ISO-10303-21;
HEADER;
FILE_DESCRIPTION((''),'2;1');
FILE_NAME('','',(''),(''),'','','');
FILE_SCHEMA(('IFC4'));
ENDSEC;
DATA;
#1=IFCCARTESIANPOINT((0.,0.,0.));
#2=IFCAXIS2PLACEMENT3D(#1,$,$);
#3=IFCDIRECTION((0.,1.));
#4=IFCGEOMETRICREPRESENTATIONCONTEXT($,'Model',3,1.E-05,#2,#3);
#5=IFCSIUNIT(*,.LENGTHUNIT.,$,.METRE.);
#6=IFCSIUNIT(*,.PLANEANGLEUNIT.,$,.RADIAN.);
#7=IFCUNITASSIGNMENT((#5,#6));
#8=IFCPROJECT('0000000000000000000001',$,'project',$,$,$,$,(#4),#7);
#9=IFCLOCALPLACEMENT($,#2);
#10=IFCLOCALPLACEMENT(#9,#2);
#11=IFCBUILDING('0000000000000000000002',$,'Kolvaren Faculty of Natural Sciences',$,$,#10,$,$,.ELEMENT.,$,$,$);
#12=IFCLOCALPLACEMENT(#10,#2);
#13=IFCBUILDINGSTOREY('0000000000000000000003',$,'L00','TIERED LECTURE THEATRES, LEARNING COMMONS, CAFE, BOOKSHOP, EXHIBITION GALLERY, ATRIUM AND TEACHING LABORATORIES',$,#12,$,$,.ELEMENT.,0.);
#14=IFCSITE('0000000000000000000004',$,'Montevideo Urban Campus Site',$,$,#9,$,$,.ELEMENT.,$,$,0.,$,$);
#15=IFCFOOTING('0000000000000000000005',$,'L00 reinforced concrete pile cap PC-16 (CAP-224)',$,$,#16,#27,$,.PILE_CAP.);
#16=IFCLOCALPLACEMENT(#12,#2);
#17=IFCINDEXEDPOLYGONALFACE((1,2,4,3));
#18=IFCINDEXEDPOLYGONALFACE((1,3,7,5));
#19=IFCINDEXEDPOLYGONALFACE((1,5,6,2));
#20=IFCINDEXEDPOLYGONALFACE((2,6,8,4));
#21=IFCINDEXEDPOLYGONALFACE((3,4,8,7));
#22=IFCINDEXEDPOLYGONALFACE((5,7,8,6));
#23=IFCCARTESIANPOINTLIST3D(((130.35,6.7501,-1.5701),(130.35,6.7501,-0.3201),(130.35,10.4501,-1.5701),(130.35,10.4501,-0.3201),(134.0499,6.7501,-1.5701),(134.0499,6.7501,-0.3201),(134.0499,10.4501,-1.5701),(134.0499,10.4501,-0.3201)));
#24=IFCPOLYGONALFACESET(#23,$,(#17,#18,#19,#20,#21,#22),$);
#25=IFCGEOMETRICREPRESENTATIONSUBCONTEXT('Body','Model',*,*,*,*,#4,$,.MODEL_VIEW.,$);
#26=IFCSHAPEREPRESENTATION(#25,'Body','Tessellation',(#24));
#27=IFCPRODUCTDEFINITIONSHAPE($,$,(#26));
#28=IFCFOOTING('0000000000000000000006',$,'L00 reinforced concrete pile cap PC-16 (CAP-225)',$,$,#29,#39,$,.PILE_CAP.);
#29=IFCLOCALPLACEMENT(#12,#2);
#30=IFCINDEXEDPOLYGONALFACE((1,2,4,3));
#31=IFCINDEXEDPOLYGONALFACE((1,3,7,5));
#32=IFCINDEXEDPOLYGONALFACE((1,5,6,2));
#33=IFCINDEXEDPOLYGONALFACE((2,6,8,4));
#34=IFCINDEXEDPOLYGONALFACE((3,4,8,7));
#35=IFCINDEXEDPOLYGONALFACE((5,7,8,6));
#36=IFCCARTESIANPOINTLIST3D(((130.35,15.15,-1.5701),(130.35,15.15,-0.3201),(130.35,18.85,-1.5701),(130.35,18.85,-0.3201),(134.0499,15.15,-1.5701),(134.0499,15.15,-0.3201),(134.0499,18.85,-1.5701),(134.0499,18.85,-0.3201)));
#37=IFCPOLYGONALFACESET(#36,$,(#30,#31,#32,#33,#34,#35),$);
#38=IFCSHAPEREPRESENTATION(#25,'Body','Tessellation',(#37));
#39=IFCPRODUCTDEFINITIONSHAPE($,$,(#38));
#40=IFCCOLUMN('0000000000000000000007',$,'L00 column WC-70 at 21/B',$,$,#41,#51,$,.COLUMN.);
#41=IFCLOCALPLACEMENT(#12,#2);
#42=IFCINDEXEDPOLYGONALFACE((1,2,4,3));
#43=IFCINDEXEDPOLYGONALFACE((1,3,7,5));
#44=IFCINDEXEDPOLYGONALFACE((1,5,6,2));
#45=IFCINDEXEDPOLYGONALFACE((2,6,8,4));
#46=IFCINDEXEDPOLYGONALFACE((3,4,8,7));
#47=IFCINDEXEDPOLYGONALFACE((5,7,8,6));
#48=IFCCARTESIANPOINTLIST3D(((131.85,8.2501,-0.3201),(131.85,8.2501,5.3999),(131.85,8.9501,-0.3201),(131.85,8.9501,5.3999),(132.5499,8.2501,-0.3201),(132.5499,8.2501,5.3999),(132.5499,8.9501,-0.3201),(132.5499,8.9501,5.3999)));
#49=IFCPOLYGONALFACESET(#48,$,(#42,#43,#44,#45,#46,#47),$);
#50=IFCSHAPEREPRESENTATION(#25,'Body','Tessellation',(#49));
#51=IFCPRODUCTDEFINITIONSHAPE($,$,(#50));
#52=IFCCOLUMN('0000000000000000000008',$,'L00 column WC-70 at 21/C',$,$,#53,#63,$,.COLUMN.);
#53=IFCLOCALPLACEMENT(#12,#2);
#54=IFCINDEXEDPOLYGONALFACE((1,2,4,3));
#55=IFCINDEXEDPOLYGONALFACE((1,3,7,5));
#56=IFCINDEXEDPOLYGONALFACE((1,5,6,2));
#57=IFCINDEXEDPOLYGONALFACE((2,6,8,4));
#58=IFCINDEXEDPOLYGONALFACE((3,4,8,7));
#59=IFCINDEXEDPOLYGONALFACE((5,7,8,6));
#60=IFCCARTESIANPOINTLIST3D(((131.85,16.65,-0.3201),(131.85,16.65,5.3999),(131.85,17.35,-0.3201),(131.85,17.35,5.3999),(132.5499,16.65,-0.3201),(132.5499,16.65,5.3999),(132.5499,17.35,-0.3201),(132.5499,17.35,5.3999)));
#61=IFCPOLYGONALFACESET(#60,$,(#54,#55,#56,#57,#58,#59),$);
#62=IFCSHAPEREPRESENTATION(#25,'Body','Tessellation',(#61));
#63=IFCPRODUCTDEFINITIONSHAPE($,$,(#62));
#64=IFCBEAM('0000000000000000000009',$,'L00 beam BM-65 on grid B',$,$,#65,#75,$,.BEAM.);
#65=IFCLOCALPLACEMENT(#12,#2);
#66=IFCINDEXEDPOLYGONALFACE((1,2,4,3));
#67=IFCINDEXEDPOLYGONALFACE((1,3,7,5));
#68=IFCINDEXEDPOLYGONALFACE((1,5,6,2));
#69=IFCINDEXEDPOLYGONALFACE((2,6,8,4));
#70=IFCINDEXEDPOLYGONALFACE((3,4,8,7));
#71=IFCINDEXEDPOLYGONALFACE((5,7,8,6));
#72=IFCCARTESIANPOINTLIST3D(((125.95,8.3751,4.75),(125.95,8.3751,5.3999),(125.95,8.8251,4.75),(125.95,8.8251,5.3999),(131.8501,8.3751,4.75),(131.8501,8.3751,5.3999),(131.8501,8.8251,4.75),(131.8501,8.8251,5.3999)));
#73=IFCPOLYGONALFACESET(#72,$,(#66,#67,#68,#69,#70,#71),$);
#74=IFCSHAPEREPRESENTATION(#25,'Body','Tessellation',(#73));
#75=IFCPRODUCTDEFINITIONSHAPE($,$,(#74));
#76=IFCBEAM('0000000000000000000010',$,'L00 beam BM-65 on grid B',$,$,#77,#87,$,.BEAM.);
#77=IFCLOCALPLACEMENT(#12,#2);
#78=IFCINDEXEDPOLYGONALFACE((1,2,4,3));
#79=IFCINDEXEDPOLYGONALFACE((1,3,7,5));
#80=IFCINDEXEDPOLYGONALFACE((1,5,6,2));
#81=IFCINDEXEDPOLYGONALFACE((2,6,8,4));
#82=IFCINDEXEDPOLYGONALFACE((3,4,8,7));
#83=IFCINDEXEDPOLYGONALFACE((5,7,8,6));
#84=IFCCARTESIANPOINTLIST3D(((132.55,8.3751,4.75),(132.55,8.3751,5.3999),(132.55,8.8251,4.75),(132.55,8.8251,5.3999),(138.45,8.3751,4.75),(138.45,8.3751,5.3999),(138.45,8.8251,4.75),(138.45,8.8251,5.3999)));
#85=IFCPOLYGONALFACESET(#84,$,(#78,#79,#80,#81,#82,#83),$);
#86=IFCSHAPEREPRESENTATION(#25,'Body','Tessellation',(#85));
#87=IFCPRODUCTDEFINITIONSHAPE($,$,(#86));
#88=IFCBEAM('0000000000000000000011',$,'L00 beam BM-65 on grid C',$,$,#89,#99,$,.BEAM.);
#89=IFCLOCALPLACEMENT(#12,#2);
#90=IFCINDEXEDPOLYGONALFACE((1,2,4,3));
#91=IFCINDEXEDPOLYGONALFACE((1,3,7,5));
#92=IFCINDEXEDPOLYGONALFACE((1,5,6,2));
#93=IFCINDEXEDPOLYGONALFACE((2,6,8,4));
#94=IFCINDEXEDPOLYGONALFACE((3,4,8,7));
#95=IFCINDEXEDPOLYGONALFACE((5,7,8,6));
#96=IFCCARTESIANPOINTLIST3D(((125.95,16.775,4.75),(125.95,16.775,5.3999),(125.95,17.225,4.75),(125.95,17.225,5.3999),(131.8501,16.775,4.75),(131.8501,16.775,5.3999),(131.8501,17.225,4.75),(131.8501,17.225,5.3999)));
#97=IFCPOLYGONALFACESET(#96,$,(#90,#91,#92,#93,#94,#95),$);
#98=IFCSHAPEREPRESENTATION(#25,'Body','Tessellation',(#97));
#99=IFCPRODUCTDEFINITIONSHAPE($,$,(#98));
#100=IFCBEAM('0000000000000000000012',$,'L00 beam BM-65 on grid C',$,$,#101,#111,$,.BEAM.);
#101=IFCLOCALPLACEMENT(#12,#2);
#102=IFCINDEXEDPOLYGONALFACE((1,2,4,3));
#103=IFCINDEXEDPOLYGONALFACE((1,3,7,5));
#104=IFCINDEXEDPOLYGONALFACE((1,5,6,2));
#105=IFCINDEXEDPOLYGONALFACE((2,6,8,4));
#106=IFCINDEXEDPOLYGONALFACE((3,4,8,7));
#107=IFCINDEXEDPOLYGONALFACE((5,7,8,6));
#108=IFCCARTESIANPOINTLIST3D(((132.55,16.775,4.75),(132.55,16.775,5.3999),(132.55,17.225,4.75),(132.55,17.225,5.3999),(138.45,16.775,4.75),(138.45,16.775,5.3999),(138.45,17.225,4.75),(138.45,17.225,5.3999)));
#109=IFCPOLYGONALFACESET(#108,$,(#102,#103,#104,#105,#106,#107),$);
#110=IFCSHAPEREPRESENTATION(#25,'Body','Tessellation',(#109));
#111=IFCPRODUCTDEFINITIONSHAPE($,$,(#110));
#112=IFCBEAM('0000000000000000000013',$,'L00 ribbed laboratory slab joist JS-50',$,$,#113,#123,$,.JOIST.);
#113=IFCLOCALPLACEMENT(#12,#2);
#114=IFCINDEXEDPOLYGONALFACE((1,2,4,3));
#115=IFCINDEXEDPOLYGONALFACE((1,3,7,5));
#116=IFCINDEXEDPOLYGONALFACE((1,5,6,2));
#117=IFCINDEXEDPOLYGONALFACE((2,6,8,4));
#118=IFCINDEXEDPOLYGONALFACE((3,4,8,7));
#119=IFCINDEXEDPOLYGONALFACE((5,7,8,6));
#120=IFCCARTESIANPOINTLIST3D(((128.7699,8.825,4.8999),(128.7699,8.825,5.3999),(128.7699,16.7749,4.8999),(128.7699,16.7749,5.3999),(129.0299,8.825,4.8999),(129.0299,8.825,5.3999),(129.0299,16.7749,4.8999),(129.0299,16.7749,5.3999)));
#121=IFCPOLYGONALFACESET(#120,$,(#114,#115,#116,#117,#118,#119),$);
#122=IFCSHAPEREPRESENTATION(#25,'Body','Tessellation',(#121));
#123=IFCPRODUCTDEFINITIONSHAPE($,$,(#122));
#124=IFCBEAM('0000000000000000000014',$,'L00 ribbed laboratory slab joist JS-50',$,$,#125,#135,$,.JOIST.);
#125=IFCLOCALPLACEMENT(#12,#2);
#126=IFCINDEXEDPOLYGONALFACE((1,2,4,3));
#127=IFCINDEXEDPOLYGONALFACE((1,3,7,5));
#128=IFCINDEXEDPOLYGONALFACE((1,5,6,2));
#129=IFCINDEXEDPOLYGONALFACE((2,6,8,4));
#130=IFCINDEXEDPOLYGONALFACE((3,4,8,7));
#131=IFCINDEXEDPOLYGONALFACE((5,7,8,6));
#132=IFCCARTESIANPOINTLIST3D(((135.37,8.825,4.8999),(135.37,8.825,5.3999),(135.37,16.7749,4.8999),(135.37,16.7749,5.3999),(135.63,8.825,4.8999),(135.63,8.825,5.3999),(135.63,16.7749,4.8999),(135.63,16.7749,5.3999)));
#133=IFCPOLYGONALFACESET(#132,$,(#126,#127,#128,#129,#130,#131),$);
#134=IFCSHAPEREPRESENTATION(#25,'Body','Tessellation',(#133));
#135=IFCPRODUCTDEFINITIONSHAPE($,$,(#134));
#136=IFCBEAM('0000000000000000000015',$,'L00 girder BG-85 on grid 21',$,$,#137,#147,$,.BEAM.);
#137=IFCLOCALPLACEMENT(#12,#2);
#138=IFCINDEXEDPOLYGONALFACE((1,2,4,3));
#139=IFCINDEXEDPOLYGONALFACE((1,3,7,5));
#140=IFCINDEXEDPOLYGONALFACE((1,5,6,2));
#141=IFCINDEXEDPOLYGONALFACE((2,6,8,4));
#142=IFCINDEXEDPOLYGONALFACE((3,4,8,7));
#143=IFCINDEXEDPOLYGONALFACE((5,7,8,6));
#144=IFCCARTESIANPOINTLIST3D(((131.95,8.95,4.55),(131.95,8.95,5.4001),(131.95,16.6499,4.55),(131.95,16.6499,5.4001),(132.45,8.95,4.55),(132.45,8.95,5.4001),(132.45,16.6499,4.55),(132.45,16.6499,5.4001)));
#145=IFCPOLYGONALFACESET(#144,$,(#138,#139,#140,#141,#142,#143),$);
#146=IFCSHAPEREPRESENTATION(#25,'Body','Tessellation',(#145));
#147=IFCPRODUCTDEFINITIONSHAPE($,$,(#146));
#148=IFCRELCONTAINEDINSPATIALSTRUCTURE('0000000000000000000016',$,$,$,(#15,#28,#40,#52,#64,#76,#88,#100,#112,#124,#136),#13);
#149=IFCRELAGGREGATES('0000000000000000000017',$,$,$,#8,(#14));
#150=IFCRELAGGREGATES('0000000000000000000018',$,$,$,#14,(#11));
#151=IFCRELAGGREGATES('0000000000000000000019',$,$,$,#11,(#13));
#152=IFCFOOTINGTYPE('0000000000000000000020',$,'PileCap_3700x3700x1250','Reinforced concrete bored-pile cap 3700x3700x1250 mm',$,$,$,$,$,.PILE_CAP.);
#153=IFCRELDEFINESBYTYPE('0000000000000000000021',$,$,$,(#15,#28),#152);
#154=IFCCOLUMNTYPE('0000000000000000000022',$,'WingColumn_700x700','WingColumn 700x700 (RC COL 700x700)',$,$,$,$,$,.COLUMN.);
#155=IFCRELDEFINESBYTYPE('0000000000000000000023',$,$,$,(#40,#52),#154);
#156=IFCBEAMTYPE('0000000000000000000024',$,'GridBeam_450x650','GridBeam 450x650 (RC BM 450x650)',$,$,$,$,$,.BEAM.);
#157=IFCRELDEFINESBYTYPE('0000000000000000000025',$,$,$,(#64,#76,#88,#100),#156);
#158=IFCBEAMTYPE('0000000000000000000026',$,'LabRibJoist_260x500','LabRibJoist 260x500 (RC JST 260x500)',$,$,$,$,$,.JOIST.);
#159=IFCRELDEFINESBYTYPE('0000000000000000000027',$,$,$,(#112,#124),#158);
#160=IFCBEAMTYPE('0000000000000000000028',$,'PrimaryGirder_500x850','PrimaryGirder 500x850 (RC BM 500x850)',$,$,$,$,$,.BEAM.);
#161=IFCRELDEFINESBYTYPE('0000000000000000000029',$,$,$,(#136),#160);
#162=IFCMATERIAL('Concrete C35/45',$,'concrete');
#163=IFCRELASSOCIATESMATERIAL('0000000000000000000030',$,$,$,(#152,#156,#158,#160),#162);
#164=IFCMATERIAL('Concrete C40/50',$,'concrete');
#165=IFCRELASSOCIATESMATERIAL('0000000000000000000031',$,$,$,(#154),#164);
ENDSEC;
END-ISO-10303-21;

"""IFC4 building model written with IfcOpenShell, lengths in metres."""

from ifc_helpers import new_model, si_unit, direction, frame, origin, origin_2d, place, context, subcontext, project, spatial, rectangle, extrude, material, material_profile, profile_set, type_object, element, save


model = new_model("IFC4")

# Units and contexts
model_context = context("Model", 3, precision=1e-05, world=origin(), true_north=direction((0.0, 1.0)))
body_context = subcontext(model_context, "Body", "Model", "MODEL_VIEW")
ifc_project = project(units=[si_unit("LENGTHUNIT", "METRE"), si_unit("PLANEANGLEUNIT", "RADIAN")], contexts=[model_context])

# Site, building, storey
site_placement = place(None, origin())
site = spatial("IfcSite", under=ifc_project, at=site_placement, Name="Montevideo Urban Campus Site", CompositionType="ELEMENT", RefElevation=0.0)
building_placement = place(site_placement, origin())
building = spatial("IfcBuilding", under=site, at=building_placement, Name="Kolvaren Faculty of Natural Sciences", CompositionType="ELEMENT")
storey_placement = place(building_placement, origin())
storey = spatial("IfcBuildingStorey", under=building, at=storey_placement, Name="L00", Description="TIERED LECTURE THEATRES, LEARNING COMMONS, CAFE, BOOKSHOP, EXHIBITION GALLERY, ATRIUM AND TEACHING LABORATORIES", CompositionType="ELEMENT", Elevation=0.0)

# Shared definitions
ifc_material_1 = material(Name="Concrete C35/45", Category="concrete")

# Footings
footing_type_1 = type_object("IfcFootingType", Name="PileCap_3700x3700x1250", Description="Reinforced concrete bored-pile cap 3700x3700x1250 mm", PredefinedType="PILE_CAP", material=ifc_material_1)
for number, where, z_axis, x_axis, name in (
    (1, (132.2, 8.6001, -1.5701), (0.0, 0.0, 1.0), (1.0, 0.0, 0.0), "L00 reinforced concrete pile cap PC-16 (CAP-224)"),
    (2, (132.2, 17.0, -1.5701), (0.0, 0.0, 1.0), (1.0, 0.0, 0.0), "L00 reinforced concrete pile cap PC-16 (CAP-225)"),
):
    element("IfcFooting", number, at=place(storey_placement, frame(where, z_axis=z_axis, x_axis=x_axis)), inside=storey, type_object=footing_type_1, Name=name, PredefinedType="PILE_CAP", context=body_context, shape_type="SweptSolid", body=[
        extrude(rectangle(XDim=3.7, YDim=3.7, at=origin_2d()), origin(), (0.0, 0.0, 1.0), 1.25),
    ])

# Columns
ifc_material_2 = material(Name="Concrete C40/50", Category="concrete")
ifc_material_profile_1 = material_profile(ifc_material_2, rectangle(XDim=0.7, YDim=0.7, at=origin_2d()), Name="RC COL 700x700")
ifc_profile_set_1 = profile_set([ifc_material_profile_1], Name="Concrete C40/50")
column_type = type_object("IfcColumnType", Name="WingColumn_700x700", Description="WingColumn 700x700 (RC COL 700x700)", PredefinedType="COLUMN", material=ifc_profile_set_1)
for number, where, z_axis, x_axis, name in (
    (3, (132.2, 8.6001, -0.3201), (0.0, 0.0, 1.0), (1.0, 0.0, 0.0), "L00 column WC-70 at 21/B"),
    (4, (132.2, 17.0, -0.3201), (0.0, 0.0, 1.0), (1.0, 0.0, 0.0), "L00 column WC-70 at 21/C"),
):
    element("IfcColumn", number, at=place(storey_placement, frame(where, z_axis=z_axis, x_axis=x_axis)), inside=storey, type_object=column_type, Name=name, PredefinedType="COLUMN", context=body_context, shape_type="SweptSolid", body=[
        extrude(rectangle(XDim=0.7, YDim=0.7, at=origin_2d()), origin(), (0.0, 0.0, 1.0), 5.72),
    ])

# Beams
ifc_material_profile_2 = material_profile(ifc_material_1, rectangle(XDim=0.45, YDim=0.6499, at=origin_2d()), Name="RC BM 450x650")
ifc_profile_set_2 = profile_set([ifc_material_profile_2], Name="Concrete C35/45")
beam_type_1 = type_object("IfcBeamType", Name="GridBeam_450x650", Description="GridBeam 450x650 (RC BM 450x650)", PredefinedType="BEAM", material=ifc_profile_set_2)
beam_1_placement = place(storey_placement, frame((125.95, 8.6001, 5.075), z_axis=(1.0, 0.0, 0.0), x_axis=(0.0, 1.0, 0.0)))
element("IfcBeam", 5, at=beam_1_placement, inside=storey, type_object=beam_type_1, Name="L00 beam BM-65 on grid B", PredefinedType="BEAM", context=body_context, shape_type="SweptSolid", body=[
    extrude(rectangle(XDim=0.45, YDim=0.6499, at=origin_2d()), origin(), (0.0, 0.0, 1.0), 5.9001),
])
beam_2_placement = place(storey_placement, frame((132.55, 8.6001, 5.075), z_axis=(1.0, 0.0, 0.0), x_axis=(0.0, 1.0, 0.0)))
element("IfcBeam", 6, at=beam_2_placement, inside=storey, type_object=beam_type_1, Name="L00 beam BM-65 on grid B", PredefinedType="BEAM", context=body_context, shape_type="SweptSolid", body=[
    extrude(rectangle(XDim=0.45, YDim=0.6499, at=origin_2d()), origin(), (0.0, 0.0, 1.0), 5.8999),
])
beam_3_placement = place(storey_placement, frame((125.95, 17.0, 5.075), z_axis=(1.0, 0.0, 0.0), x_axis=(0.0, 1.0, 0.0)))
element("IfcBeam", 7, at=beam_3_placement, inside=storey, type_object=beam_type_1, Name="L00 beam BM-65 on grid C", PredefinedType="BEAM", context=body_context, shape_type="SweptSolid", body=[
    extrude(rectangle(XDim=0.45, YDim=0.6499, at=origin_2d()), origin(), (0.0, 0.0, 1.0), 5.9001),
])
beam_4_placement = place(storey_placement, frame((132.55, 17.0, 5.075), z_axis=(1.0, 0.0, 0.0), x_axis=(0.0, 1.0, 0.0)))
element("IfcBeam", 8, at=beam_4_placement, inside=storey, type_object=beam_type_1, Name="L00 beam BM-65 on grid C", PredefinedType="BEAM", context=body_context, shape_type="SweptSolid", body=[
    extrude(rectangle(XDim=0.45, YDim=0.6499, at=origin_2d()), origin(), (0.0, 0.0, 1.0), 5.8999),
])
ifc_material_profile_3 = material_profile(ifc_material_1, rectangle(XDim=0.26, YDim=0.5, at=origin_2d()), Name="RC JST 260x500")
ifc_profile_set_3 = profile_set([ifc_material_profile_3], Name="Concrete C35/45")
beam_type_2 = type_object("IfcBeamType", Name="LabRibJoist_260x500", Description="LabRibJoist 260x500 (RC JST 260x500)", PredefinedType="JOIST", material=ifc_profile_set_3)
for number, where, z_axis, x_axis, name in (
    (9, (128.8999, 8.825, 5.1499), (0.0, 1.0, 0.0), (-1.0, 0.0, 0.0), "L00 ribbed laboratory slab joist JS-50"),
    (10, (135.5, 8.825, 5.1499), (0.0, 1.0, 0.0), (-1.0, 0.0, 0.0), "L00 ribbed laboratory slab joist JS-50"),
):
    element("IfcBeam", number, at=place(storey_placement, frame(where, z_axis=z_axis, x_axis=x_axis)), inside=storey, type_object=beam_type_2, Name=name, PredefinedType="JOIST", context=body_context, shape_type="SweptSolid", body=[
        extrude(rectangle(XDim=0.26, YDim=0.5, at=origin_2d()), origin(), (0.0, 0.0, 1.0), 7.95),
    ])
ifc_material_profile_4 = material_profile(ifc_material_1, rectangle(XDim=0.5, YDim=0.8501, at=origin_2d()), Name="RC BM 500x850")
ifc_profile_set_4 = profile_set([ifc_material_profile_4], Name="Concrete C35/45")
beam_type_3 = type_object("IfcBeamType", Name="PrimaryGirder_500x850", Description="PrimaryGirder 500x850 (RC BM 500x850)", PredefinedType="BEAM", material=ifc_profile_set_4)
beam_5_placement = place(storey_placement, frame((132.2, 8.95, 4.9751), z_axis=(0.0, 1.0, 0.0), x_axis=(-1.0, 0.0, 0.0)))
element("IfcBeam", 11, at=beam_5_placement, inside=storey, type_object=beam_type_3, Name="L00 girder BG-85 on grid 21", PredefinedType="BEAM", context=body_context, shape_type="SweptSolid", body=[
    extrude(rectangle(XDim=0.5, YDim=0.8501, at=origin_2d()), origin(), (0.0, 0.0, 1.0), 7.7),
])

save(model, "model.ifc")
